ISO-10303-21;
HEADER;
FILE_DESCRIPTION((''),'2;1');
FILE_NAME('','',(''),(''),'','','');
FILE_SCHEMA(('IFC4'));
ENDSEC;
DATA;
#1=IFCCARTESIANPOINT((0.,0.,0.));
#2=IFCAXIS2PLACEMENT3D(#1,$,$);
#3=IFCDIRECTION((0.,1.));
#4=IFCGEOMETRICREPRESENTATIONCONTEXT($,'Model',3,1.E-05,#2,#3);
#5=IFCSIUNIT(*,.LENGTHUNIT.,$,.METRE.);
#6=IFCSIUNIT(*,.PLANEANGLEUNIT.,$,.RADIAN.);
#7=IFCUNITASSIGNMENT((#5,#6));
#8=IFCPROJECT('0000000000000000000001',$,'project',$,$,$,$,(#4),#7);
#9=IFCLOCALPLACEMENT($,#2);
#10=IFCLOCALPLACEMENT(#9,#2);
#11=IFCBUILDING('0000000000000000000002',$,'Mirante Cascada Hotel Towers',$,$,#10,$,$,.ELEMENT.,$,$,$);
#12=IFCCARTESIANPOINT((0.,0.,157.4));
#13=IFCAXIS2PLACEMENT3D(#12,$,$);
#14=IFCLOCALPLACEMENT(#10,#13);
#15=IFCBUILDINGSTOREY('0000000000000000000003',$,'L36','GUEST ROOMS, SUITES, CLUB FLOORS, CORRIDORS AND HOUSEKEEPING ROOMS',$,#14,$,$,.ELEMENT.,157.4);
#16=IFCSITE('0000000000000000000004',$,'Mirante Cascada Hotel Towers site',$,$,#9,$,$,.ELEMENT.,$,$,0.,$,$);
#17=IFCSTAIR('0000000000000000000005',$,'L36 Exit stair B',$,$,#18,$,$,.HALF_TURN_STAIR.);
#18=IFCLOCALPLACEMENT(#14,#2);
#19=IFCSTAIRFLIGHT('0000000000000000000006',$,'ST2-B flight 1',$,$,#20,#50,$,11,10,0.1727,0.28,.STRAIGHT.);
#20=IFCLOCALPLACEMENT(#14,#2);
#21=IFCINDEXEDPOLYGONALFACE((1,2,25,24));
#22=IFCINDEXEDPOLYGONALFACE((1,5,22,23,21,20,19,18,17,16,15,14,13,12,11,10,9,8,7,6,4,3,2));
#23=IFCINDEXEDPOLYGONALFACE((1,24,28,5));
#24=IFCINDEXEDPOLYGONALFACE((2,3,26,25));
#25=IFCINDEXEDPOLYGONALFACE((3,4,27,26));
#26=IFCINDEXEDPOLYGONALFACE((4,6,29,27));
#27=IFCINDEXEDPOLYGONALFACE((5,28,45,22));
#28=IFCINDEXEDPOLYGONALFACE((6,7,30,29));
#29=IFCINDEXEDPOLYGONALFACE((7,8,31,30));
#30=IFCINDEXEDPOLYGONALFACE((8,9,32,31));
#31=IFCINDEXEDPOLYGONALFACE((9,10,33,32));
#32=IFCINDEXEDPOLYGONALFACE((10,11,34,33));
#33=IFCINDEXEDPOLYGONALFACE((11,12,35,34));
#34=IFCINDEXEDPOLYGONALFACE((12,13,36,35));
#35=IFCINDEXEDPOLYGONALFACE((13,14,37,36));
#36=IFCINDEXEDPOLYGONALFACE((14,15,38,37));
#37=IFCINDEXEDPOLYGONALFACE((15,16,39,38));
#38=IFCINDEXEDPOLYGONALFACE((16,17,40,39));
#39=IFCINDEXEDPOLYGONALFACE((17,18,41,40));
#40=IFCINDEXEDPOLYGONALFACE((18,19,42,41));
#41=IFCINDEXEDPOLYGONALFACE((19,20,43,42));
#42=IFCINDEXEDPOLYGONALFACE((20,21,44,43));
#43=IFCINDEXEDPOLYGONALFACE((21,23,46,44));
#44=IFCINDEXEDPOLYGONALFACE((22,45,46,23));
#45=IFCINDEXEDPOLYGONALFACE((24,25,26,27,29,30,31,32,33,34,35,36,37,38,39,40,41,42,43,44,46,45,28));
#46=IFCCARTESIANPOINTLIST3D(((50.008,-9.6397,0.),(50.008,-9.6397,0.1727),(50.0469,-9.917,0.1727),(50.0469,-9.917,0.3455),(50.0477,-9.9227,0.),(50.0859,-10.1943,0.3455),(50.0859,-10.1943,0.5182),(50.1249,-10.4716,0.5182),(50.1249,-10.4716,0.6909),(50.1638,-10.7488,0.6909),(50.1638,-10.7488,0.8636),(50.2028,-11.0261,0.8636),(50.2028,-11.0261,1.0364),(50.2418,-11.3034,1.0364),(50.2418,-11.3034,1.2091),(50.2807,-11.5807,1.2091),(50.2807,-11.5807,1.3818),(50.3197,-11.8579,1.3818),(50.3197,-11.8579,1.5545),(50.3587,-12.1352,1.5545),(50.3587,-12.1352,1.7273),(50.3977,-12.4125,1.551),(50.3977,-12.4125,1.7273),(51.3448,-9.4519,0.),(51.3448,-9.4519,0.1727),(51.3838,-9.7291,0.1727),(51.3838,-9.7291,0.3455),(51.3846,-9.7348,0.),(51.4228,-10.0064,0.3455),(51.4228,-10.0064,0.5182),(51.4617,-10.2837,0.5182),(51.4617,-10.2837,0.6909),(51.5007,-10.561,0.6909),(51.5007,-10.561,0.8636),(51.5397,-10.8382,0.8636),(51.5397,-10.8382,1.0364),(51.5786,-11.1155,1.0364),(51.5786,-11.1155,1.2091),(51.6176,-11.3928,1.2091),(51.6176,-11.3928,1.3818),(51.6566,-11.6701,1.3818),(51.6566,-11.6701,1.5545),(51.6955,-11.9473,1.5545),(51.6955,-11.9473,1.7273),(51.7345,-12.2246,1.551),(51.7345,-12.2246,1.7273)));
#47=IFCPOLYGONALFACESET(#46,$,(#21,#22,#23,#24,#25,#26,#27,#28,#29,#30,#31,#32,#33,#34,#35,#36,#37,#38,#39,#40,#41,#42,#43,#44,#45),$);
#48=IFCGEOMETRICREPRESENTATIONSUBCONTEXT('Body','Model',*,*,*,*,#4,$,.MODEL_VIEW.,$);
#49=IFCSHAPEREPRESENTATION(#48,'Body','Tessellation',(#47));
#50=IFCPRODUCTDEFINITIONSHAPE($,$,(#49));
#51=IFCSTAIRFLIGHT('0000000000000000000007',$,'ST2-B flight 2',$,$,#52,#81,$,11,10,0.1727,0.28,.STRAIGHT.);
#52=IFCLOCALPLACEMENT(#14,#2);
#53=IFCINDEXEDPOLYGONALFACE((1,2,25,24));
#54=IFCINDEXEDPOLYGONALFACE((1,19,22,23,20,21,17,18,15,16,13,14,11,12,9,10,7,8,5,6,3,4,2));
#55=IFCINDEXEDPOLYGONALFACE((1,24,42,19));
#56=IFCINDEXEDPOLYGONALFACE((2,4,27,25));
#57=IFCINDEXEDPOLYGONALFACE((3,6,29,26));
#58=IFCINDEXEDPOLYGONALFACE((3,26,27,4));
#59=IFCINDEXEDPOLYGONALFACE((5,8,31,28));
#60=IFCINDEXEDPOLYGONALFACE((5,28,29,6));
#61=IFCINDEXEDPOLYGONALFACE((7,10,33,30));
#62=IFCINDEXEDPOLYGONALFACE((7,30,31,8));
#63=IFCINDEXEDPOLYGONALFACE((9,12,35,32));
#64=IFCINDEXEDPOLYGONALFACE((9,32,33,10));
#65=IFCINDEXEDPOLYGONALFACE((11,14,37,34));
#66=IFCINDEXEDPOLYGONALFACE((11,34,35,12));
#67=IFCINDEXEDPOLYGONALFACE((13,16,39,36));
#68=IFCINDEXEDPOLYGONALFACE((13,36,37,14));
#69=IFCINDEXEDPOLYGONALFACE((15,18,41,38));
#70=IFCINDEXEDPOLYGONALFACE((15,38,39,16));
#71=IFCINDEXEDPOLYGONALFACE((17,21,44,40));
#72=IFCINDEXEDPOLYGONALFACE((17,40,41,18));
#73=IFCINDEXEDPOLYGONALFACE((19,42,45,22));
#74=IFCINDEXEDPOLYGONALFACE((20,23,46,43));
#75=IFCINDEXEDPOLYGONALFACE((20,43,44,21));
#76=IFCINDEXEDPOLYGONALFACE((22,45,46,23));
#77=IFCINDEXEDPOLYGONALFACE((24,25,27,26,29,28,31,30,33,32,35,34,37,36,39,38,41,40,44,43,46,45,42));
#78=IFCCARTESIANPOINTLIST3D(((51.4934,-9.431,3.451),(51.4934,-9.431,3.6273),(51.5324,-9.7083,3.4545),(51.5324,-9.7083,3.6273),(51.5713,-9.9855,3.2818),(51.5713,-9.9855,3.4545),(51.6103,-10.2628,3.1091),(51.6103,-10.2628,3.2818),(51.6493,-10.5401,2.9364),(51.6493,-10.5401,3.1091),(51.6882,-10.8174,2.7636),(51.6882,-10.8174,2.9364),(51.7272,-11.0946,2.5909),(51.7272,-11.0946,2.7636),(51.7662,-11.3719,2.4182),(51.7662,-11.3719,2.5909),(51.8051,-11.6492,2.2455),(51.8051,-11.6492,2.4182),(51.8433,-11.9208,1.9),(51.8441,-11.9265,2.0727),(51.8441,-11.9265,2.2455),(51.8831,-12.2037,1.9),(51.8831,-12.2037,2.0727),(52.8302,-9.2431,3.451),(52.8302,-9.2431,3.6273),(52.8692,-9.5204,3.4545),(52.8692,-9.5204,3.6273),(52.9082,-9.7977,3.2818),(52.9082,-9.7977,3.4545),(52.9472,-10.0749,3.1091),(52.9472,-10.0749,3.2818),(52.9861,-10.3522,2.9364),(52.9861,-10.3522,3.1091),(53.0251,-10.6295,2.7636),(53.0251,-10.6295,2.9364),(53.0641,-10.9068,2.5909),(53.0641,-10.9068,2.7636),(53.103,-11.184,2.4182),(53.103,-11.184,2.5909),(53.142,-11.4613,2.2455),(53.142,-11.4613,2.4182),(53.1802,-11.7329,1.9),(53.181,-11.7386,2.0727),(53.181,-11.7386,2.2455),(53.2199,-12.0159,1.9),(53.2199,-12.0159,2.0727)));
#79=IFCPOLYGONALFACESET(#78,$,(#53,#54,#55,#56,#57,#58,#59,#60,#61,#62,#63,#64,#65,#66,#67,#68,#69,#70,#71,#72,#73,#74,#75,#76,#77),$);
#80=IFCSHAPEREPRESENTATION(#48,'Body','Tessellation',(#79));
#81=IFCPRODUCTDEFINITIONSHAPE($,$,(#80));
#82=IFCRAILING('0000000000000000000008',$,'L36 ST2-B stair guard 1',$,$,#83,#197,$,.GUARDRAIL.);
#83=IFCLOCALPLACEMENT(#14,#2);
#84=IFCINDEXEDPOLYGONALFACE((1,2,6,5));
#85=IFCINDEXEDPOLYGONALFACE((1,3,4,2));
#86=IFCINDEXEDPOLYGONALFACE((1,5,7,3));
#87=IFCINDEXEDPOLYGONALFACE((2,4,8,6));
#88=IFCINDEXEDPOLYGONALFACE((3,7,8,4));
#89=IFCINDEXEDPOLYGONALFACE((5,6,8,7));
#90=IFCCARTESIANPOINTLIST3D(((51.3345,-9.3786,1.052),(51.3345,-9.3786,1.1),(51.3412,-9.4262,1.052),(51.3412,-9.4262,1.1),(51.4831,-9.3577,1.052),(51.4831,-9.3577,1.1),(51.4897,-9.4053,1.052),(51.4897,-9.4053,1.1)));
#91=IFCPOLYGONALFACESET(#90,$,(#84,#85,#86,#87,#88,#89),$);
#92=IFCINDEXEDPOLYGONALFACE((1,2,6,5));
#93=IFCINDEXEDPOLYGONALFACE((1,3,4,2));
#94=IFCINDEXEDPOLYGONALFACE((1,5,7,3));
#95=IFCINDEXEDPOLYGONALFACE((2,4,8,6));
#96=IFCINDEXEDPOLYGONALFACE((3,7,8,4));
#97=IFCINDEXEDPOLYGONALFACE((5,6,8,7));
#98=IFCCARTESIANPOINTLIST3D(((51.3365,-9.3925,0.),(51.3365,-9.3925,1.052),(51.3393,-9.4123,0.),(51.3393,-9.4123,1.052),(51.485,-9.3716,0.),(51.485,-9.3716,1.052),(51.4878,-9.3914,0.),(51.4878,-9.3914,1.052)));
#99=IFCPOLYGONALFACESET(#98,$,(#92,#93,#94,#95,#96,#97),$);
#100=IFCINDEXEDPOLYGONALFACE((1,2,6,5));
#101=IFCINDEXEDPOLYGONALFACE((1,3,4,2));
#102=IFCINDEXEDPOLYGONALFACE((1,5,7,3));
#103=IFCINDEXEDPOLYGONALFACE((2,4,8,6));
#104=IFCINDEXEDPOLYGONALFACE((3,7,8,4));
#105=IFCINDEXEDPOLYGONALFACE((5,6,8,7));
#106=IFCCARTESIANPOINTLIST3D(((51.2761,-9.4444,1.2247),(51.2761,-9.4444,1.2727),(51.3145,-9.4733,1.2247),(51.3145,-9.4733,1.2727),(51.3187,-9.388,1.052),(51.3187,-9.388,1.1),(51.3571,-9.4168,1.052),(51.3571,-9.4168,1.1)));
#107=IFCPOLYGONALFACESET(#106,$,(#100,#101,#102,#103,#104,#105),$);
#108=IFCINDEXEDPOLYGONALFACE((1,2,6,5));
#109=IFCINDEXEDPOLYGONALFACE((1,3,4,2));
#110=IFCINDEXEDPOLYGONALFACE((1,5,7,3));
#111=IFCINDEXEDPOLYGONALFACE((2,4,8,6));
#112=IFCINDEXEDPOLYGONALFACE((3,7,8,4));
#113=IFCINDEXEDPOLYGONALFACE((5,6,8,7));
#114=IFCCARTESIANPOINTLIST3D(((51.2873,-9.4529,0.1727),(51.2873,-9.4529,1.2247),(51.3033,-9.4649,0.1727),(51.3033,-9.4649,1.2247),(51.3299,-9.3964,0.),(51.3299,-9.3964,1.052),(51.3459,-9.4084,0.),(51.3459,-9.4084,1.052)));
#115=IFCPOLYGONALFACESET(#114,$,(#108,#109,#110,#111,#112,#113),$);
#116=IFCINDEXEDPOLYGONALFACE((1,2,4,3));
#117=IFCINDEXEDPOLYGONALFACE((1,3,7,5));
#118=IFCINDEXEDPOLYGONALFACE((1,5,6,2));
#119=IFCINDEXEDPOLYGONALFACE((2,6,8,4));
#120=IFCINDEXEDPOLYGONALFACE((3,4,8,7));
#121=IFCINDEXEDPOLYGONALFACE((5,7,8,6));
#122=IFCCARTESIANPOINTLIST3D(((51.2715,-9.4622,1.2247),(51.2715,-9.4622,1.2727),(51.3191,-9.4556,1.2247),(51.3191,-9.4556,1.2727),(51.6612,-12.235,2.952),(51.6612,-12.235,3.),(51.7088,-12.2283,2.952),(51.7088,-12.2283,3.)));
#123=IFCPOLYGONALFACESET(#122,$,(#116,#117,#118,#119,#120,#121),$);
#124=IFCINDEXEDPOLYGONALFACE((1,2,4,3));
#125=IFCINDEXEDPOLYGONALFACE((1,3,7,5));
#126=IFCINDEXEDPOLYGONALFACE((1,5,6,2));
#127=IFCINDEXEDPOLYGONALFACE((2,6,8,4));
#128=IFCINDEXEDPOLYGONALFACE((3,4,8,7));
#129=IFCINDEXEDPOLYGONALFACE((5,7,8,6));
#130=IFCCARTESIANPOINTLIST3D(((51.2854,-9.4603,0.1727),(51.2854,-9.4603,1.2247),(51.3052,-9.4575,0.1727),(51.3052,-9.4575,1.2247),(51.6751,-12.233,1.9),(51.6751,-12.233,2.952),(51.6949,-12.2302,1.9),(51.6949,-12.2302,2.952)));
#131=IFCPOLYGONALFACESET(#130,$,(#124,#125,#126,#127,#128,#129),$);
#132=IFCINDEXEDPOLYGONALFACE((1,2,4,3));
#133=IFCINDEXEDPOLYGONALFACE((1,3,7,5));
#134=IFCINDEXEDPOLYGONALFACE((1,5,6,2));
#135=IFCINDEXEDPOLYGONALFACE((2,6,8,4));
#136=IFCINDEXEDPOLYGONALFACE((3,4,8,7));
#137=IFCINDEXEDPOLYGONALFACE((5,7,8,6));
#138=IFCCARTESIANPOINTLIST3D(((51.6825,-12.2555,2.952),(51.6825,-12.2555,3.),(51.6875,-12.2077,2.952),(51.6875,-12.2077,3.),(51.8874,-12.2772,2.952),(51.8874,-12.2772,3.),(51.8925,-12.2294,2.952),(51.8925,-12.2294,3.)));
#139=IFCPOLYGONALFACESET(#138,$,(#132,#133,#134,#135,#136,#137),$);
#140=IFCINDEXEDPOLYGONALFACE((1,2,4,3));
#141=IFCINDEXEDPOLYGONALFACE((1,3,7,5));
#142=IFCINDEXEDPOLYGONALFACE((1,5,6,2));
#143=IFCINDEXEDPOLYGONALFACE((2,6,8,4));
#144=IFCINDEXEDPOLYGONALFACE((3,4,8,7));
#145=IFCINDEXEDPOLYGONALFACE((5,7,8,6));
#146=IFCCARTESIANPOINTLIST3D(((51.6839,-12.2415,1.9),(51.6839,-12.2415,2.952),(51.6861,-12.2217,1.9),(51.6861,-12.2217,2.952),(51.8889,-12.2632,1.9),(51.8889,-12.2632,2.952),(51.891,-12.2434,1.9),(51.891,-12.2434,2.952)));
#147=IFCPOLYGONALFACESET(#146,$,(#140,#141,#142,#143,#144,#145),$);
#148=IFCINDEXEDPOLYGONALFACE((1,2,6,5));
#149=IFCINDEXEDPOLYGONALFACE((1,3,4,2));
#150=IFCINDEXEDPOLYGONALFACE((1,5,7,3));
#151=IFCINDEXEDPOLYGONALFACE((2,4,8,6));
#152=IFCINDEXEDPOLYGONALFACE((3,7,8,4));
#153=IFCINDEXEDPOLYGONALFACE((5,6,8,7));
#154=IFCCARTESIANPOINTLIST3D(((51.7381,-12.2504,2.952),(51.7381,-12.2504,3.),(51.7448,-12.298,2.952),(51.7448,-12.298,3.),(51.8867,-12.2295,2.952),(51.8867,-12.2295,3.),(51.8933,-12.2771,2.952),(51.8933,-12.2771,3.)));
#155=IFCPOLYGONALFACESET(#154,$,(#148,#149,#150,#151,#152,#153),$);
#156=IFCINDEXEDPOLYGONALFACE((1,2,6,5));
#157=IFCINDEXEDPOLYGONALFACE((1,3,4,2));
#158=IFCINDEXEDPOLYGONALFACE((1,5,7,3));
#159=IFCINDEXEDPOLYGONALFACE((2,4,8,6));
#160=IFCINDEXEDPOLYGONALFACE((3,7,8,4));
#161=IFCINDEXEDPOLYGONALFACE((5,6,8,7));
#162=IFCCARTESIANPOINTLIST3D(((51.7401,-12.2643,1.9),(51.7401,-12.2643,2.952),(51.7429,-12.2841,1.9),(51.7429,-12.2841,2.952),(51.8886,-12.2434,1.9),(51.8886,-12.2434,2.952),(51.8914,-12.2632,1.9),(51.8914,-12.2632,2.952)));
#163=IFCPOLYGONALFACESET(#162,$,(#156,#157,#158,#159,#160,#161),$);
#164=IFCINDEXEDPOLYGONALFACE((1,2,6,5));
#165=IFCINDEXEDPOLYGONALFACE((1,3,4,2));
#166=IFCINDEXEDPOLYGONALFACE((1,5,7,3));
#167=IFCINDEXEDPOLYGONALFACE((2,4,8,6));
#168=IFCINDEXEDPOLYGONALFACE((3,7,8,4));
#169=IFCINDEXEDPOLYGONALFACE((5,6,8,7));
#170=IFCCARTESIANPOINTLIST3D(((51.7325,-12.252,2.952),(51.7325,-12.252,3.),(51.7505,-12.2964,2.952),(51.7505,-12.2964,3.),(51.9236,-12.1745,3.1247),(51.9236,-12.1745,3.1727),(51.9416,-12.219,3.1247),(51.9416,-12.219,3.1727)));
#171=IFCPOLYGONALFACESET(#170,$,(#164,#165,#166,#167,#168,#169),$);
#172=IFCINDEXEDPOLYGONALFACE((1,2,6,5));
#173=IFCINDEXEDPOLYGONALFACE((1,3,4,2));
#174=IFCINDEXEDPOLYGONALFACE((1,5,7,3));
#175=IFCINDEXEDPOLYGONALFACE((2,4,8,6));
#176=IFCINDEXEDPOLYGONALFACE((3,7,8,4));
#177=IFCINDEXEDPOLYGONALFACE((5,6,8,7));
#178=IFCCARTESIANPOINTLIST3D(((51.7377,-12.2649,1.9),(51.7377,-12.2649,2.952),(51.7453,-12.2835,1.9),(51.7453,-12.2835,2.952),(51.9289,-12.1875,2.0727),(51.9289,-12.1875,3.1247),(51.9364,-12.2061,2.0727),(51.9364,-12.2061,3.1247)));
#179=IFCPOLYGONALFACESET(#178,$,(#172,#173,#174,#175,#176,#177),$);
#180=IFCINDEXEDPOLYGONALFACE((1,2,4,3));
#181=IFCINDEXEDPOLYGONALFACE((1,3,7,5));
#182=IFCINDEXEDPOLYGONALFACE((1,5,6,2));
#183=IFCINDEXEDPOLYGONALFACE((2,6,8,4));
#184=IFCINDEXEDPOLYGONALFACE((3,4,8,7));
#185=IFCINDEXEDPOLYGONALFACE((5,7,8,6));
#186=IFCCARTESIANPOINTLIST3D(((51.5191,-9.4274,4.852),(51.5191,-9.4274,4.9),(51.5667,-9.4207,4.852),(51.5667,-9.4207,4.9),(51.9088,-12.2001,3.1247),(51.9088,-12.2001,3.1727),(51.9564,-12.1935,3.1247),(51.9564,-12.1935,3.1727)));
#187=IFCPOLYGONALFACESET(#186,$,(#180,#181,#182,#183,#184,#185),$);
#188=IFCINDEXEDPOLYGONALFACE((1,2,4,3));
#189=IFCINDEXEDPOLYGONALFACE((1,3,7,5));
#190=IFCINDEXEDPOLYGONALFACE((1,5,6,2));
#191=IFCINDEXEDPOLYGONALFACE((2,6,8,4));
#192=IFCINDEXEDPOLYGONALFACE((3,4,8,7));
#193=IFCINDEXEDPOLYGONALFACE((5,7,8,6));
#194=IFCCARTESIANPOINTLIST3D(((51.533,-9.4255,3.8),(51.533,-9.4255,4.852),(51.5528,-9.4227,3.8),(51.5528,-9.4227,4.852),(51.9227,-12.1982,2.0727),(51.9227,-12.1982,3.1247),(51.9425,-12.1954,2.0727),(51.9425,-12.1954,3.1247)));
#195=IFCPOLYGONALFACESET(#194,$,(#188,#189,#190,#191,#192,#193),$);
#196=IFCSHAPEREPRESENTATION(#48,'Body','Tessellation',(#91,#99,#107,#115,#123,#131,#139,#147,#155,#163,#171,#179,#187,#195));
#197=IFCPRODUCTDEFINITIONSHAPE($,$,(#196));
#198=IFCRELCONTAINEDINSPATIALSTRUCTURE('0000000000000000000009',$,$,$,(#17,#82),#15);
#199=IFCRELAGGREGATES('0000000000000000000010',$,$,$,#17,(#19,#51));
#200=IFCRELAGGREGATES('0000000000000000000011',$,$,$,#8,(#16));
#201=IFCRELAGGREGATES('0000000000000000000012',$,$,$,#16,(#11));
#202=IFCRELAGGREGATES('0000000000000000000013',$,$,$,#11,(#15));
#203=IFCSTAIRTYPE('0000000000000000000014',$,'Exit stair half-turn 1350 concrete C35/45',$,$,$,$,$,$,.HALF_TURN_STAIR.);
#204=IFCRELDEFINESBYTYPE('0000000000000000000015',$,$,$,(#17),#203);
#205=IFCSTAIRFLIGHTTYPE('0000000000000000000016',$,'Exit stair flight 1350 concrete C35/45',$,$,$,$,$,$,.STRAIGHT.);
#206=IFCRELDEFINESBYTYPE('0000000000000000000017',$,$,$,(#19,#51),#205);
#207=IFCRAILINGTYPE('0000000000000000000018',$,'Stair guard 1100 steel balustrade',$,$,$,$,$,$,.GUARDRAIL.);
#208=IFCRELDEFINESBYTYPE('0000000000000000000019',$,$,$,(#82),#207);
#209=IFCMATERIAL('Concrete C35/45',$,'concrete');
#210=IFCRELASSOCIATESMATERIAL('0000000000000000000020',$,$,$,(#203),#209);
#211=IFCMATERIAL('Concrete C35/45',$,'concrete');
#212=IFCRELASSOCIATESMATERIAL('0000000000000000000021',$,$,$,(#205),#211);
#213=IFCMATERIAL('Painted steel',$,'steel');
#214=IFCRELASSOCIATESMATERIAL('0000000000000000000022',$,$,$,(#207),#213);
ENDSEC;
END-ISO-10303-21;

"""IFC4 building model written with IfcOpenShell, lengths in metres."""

from ifc_helpers import new_model, si_unit, direction, frame, origin, origin_2d, place, context, subcontext, project, spatial, polyline, rectangle, outline, extrude, material, type_object, element, aggregate, save


model = new_model("IFC4")

# Units and contexts
model_context = context("Model", 3, precision=1e-05, world=origin(), true_north=direction((0.0, 1.0)))
body_context = subcontext(model_context, "Body", "Model", "MODEL_VIEW")
ifc_project = project(units=[si_unit("LENGTHUNIT", "METRE"), si_unit("PLANEANGLEUNIT", "RADIAN")], contexts=[model_context])

# Site, building, storey
site_placement = place(None, origin())
site = spatial("IfcSite", under=ifc_project, at=site_placement, Name="Mirante Cascada Hotel Towers site", CompositionType="ELEMENT", RefElevation=0.0)
building_placement = place(site_placement, origin())
building = spatial("IfcBuilding", under=site, at=building_placement, Name="Mirante Cascada Hotel Towers", CompositionType="ELEMENT")
storey_placement = place(building_placement, frame((0.0, 0.0, 157.4)))
storey = spatial("IfcBuildingStorey", under=building, at=storey_placement, Name="L36", Description="GUEST ROOMS, SUITES, CLUB FLOORS, CORRIDORS AND HOUSEKEEPING ROOMS", CompositionType="ELEMENT", Elevation=157.4)

# Stair, stair flights
ifc_material_1 = material(Name="Concrete C35/45", Category="concrete")
stair_type = type_object("IfcStairType", Name="Exit stair half-turn 1350 concrete C35/45", PredefinedType="HALF_TURN_STAIR", material=ifc_material_1)
stair_placement = place(storey_placement, origin())
stair = element("IfcStair", 1, at=stair_placement, inside=storey, type_object=stair_type, Name="L36 Exit stair B", PredefinedType="HALF_TURN_STAIR")
ifc_material_2 = material(Name="Concrete C35/45", Category="concrete")
stair_flight_type = type_object("IfcStairFlightType", Name="Exit stair flight 1350 concrete C35/45", PredefinedType="STRAIGHT", material=ifc_material_2)
stair_flight_1_placement = place(storey_placement, frame((50.6764, -9.5458, 0.0), z_axis=(0.0, 0.0, 1.0), x_axis=(0.139173, -0.990268, 0.0)))
stair_flight_1 = element("IfcStairFlight", 2, at=stair_flight_1_placement, type_object=stair_flight_type, Name="ST2-B flight 1", NumberOfRisers=11, NumberOfTreads=10, PredefinedType="STRAIGHT", RiserHeight=0.1727, TreadLength=0.28, context=body_context, shape_type="SweptSolid", body=[
    extrude(outline(polyline([(0.0, 0.0), (0.0, 0.1727), (0.28, 0.1727), (0.28, 0.3455), (0.56, 0.3455), (0.56, 0.5182), (0.84, 0.5182), (0.84, 0.6909), (1.12, 0.6909), (1.12, 0.8636), (1.4, 0.8636), (1.4, 1.0364), (1.68, 1.0364), (1.68, 1.2091), (1.96, 1.2091), (1.96, 1.3818), (2.24, 1.3818), (2.24, 1.5545), (2.52, 1.5545), (2.52, 1.7273), (2.8, 1.7273), (2.8, 1.9), (2.8, 1.551), (0.2857, 0.0), (0.0, 0.0)])), frame((0.0, 0.675, 0.0), z_axis=(0.0, -1.0, 0.0), x_axis=(1.0, 0.0, 0.0)), (0.0, 0.0, 1.0), 1.35),
])
stair_flight_2_placement = place(storey_placement, frame((52.5515, -12.1098, 1.9), z_axis=(0.0, 0.0, 1.0), x_axis=(-0.139173, 0.990268, 0.0)))
stair_flight_2 = element("IfcStairFlight", 3, at=stair_flight_2_placement, type_object=stair_flight_type, Name="ST2-B flight 2", NumberOfRisers=11, NumberOfTreads=10, PredefinedType="STRAIGHT", RiserHeight=0.1727, TreadLength=0.28, context=body_context, shape_type="SweptSolid", body=[
    extrude(outline(polyline([(0.0, 0.0), (0.0, 0.1727), (0.28, 0.1727), (0.28, 0.3455), (0.56, 0.3455), (0.56, 0.5182), (0.84, 0.5182), (0.84, 0.6909), (1.12, 0.6909), (1.12, 0.8636), (1.4, 0.8636), (1.4, 1.0364), (1.68, 1.0364), (1.68, 1.2091), (1.96, 1.2091), (1.96, 1.3818), (2.24, 1.3818), (2.24, 1.5545), (2.52, 1.5545), (2.52, 1.7273), (2.8, 1.7273), (2.8, 1.9), (2.8, 1.551), (0.2857, 0.0), (0.0, 0.0)])), frame((0.0, 0.675, 0.0), z_axis=(0.0, -1.0, 0.0), x_axis=(1.0, 0.0, 0.0)), (0.0, 0.0, 1.0), 1.35),
])
aggregate(stair, [stair_flight_1, stair_flight_2])

# Railing
ifc_material_3 = material(Name="Painted steel", Category="steel")
railing_type_1 = type_object("IfcRailingType", Name="Stair guard 1100 steel balustrade", PredefinedType="GUARDRAIL", material=ifc_material_3)
railing_1_placement = place(storey_placement, frame((51.4864, -9.3815, 0.0)))
element("IfcRailing", 4, at=railing_1_placement, inside=storey, type_object=railing_type_1, Name="L36 ST2-B stair guard 1", PredefinedType="GUARDRAIL", context=body_context, shape_type="SweptSolid", body=[
    extrude(rectangle(XDim=0.048, YDim=0.048, at=origin_2d()), frame((0.0, 0.0, 1.076), z_axis=(-0.990241, -0.139367, 0.0), x_axis=(0.139367, -0.990241, 0.0)), (0.0, 0.0, 1.0), 0.15),
    extrude(rectangle(XDim=0.02, YDim=1.052, at=origin_2d()), frame((0.0, 0.0, 0.526), z_axis=(-0.990241, -0.139367, 0.0), x_axis=(0.139367, -0.990241, 0.0)), (0.0, 0.0, 1.0), 0.15),
    extrude(rectangle(XDim=0.048, YDim=0.048, at=origin_2d()), frame((-0.1485, -0.0209, 1.076), z_axis=(-0.602033, -0.798471, 0.0), x_axis=(0.798471, -0.602033, 0.0)), (0.0, 0.92534, 0.379139), 0.1866),
    extrude(rectangle(XDim=0.02, YDim=1.052, at=origin_2d()), frame((-0.1485, -0.0209, 0.526), z_axis=(-0.602033, -0.798471, 0.0), x_axis=(0.798471, -0.602033, 0.0)), (0.0, 0.92534, 0.379139), 0.1866),
    extrude(rectangle(XDim=0.048, YDim=0.048, at=origin_2d()), frame((-0.1911, -0.0774, 1.2487), z_axis=(0.139181, -0.990267, 0.0), x_axis=(0.990267, 0.139181, 0.0)), (0.0, 0.525035, 0.851081), 3.2899),
    extrude(rectangle(XDim=0.02, YDim=1.052, at=origin_2d()), frame((-0.1911, -0.0774, 0.6987), z_axis=(0.139181, -0.990267, 0.0), x_axis=(0.990267, 0.139181, 0.0)), (0.0, 0.525035, 0.851081), 3.2899),
    extrude(rectangle(XDim=0.048, YDim=0.048, at=origin_2d()), frame((0.1986, -2.8501, 2.976), z_axis=(0.994444, -0.105266, 0.0), x_axis=(0.105266, 0.994444, 0.0)), (0.0, 0.0, 1.0), 0.2061),
    extrude(rectangle(XDim=0.02, YDim=1.052, at=origin_2d()), frame((0.1986, -2.8501, 2.426), z_axis=(0.994444, -0.105266, 0.0), x_axis=(0.105266, 0.994444, 0.0)), (0.0, 0.0, 1.0), 0.2061),
    extrude(rectangle(XDim=0.048, YDim=0.048, at=origin_2d()), frame((0.4036, -2.8718, 2.976), z_axis=(-0.990241, -0.139367, 0.0), x_axis=(0.139367, -0.990241, 0.0)), (0.0, 0.0, 1.0), 0.15),
    extrude(rectangle(XDim=0.02, YDim=1.052, at=origin_2d()), frame((0.4036, -2.8718, 2.426), z_axis=(-0.990241, -0.139367, 0.0), x_axis=(0.139367, -0.990241, 0.0)), (0.0, 0.0, 1.0), 0.15),
    extrude(rectangle(XDim=0.048, YDim=0.048, at=origin_2d()), frame((0.2551, -2.8927, 2.976), z_axis=(0.926862, 0.375401, 0.0), x_axis=(-0.375401, 0.926862, 0.0)), (0.0, 0.642122, 0.766603), 0.269),
    extrude(rectangle(XDim=0.02, YDim=1.052, at=origin_2d()), frame((0.2551, -2.8927, 2.426), z_axis=(0.926862, 0.375401, 0.0), x_axis=(-0.375401, 0.926862, 0.0)), (0.0, 0.642122, 0.766603), 0.269),
    extrude(rectangle(XDim=0.048, YDim=0.048, at=origin_2d()), frame((0.4462, -2.8153, 3.1487), z_axis=(-0.139181, 0.990267, 0.0), x_axis=(-0.990267, -0.139181, 0.0)), (0.0, 0.525035, 0.851081), 3.2899),
    extrude(rectangle(XDim=0.02, YDim=1.052, at=origin_2d()), frame((0.4462, -2.8153, 2.5987), z_axis=(-0.139181, 0.990267, 0.0), x_axis=(-0.990267, -0.139181, 0.0)), (0.0, 0.525035, 0.851081), 3.2899),
])

save(model, "model.ifc")
